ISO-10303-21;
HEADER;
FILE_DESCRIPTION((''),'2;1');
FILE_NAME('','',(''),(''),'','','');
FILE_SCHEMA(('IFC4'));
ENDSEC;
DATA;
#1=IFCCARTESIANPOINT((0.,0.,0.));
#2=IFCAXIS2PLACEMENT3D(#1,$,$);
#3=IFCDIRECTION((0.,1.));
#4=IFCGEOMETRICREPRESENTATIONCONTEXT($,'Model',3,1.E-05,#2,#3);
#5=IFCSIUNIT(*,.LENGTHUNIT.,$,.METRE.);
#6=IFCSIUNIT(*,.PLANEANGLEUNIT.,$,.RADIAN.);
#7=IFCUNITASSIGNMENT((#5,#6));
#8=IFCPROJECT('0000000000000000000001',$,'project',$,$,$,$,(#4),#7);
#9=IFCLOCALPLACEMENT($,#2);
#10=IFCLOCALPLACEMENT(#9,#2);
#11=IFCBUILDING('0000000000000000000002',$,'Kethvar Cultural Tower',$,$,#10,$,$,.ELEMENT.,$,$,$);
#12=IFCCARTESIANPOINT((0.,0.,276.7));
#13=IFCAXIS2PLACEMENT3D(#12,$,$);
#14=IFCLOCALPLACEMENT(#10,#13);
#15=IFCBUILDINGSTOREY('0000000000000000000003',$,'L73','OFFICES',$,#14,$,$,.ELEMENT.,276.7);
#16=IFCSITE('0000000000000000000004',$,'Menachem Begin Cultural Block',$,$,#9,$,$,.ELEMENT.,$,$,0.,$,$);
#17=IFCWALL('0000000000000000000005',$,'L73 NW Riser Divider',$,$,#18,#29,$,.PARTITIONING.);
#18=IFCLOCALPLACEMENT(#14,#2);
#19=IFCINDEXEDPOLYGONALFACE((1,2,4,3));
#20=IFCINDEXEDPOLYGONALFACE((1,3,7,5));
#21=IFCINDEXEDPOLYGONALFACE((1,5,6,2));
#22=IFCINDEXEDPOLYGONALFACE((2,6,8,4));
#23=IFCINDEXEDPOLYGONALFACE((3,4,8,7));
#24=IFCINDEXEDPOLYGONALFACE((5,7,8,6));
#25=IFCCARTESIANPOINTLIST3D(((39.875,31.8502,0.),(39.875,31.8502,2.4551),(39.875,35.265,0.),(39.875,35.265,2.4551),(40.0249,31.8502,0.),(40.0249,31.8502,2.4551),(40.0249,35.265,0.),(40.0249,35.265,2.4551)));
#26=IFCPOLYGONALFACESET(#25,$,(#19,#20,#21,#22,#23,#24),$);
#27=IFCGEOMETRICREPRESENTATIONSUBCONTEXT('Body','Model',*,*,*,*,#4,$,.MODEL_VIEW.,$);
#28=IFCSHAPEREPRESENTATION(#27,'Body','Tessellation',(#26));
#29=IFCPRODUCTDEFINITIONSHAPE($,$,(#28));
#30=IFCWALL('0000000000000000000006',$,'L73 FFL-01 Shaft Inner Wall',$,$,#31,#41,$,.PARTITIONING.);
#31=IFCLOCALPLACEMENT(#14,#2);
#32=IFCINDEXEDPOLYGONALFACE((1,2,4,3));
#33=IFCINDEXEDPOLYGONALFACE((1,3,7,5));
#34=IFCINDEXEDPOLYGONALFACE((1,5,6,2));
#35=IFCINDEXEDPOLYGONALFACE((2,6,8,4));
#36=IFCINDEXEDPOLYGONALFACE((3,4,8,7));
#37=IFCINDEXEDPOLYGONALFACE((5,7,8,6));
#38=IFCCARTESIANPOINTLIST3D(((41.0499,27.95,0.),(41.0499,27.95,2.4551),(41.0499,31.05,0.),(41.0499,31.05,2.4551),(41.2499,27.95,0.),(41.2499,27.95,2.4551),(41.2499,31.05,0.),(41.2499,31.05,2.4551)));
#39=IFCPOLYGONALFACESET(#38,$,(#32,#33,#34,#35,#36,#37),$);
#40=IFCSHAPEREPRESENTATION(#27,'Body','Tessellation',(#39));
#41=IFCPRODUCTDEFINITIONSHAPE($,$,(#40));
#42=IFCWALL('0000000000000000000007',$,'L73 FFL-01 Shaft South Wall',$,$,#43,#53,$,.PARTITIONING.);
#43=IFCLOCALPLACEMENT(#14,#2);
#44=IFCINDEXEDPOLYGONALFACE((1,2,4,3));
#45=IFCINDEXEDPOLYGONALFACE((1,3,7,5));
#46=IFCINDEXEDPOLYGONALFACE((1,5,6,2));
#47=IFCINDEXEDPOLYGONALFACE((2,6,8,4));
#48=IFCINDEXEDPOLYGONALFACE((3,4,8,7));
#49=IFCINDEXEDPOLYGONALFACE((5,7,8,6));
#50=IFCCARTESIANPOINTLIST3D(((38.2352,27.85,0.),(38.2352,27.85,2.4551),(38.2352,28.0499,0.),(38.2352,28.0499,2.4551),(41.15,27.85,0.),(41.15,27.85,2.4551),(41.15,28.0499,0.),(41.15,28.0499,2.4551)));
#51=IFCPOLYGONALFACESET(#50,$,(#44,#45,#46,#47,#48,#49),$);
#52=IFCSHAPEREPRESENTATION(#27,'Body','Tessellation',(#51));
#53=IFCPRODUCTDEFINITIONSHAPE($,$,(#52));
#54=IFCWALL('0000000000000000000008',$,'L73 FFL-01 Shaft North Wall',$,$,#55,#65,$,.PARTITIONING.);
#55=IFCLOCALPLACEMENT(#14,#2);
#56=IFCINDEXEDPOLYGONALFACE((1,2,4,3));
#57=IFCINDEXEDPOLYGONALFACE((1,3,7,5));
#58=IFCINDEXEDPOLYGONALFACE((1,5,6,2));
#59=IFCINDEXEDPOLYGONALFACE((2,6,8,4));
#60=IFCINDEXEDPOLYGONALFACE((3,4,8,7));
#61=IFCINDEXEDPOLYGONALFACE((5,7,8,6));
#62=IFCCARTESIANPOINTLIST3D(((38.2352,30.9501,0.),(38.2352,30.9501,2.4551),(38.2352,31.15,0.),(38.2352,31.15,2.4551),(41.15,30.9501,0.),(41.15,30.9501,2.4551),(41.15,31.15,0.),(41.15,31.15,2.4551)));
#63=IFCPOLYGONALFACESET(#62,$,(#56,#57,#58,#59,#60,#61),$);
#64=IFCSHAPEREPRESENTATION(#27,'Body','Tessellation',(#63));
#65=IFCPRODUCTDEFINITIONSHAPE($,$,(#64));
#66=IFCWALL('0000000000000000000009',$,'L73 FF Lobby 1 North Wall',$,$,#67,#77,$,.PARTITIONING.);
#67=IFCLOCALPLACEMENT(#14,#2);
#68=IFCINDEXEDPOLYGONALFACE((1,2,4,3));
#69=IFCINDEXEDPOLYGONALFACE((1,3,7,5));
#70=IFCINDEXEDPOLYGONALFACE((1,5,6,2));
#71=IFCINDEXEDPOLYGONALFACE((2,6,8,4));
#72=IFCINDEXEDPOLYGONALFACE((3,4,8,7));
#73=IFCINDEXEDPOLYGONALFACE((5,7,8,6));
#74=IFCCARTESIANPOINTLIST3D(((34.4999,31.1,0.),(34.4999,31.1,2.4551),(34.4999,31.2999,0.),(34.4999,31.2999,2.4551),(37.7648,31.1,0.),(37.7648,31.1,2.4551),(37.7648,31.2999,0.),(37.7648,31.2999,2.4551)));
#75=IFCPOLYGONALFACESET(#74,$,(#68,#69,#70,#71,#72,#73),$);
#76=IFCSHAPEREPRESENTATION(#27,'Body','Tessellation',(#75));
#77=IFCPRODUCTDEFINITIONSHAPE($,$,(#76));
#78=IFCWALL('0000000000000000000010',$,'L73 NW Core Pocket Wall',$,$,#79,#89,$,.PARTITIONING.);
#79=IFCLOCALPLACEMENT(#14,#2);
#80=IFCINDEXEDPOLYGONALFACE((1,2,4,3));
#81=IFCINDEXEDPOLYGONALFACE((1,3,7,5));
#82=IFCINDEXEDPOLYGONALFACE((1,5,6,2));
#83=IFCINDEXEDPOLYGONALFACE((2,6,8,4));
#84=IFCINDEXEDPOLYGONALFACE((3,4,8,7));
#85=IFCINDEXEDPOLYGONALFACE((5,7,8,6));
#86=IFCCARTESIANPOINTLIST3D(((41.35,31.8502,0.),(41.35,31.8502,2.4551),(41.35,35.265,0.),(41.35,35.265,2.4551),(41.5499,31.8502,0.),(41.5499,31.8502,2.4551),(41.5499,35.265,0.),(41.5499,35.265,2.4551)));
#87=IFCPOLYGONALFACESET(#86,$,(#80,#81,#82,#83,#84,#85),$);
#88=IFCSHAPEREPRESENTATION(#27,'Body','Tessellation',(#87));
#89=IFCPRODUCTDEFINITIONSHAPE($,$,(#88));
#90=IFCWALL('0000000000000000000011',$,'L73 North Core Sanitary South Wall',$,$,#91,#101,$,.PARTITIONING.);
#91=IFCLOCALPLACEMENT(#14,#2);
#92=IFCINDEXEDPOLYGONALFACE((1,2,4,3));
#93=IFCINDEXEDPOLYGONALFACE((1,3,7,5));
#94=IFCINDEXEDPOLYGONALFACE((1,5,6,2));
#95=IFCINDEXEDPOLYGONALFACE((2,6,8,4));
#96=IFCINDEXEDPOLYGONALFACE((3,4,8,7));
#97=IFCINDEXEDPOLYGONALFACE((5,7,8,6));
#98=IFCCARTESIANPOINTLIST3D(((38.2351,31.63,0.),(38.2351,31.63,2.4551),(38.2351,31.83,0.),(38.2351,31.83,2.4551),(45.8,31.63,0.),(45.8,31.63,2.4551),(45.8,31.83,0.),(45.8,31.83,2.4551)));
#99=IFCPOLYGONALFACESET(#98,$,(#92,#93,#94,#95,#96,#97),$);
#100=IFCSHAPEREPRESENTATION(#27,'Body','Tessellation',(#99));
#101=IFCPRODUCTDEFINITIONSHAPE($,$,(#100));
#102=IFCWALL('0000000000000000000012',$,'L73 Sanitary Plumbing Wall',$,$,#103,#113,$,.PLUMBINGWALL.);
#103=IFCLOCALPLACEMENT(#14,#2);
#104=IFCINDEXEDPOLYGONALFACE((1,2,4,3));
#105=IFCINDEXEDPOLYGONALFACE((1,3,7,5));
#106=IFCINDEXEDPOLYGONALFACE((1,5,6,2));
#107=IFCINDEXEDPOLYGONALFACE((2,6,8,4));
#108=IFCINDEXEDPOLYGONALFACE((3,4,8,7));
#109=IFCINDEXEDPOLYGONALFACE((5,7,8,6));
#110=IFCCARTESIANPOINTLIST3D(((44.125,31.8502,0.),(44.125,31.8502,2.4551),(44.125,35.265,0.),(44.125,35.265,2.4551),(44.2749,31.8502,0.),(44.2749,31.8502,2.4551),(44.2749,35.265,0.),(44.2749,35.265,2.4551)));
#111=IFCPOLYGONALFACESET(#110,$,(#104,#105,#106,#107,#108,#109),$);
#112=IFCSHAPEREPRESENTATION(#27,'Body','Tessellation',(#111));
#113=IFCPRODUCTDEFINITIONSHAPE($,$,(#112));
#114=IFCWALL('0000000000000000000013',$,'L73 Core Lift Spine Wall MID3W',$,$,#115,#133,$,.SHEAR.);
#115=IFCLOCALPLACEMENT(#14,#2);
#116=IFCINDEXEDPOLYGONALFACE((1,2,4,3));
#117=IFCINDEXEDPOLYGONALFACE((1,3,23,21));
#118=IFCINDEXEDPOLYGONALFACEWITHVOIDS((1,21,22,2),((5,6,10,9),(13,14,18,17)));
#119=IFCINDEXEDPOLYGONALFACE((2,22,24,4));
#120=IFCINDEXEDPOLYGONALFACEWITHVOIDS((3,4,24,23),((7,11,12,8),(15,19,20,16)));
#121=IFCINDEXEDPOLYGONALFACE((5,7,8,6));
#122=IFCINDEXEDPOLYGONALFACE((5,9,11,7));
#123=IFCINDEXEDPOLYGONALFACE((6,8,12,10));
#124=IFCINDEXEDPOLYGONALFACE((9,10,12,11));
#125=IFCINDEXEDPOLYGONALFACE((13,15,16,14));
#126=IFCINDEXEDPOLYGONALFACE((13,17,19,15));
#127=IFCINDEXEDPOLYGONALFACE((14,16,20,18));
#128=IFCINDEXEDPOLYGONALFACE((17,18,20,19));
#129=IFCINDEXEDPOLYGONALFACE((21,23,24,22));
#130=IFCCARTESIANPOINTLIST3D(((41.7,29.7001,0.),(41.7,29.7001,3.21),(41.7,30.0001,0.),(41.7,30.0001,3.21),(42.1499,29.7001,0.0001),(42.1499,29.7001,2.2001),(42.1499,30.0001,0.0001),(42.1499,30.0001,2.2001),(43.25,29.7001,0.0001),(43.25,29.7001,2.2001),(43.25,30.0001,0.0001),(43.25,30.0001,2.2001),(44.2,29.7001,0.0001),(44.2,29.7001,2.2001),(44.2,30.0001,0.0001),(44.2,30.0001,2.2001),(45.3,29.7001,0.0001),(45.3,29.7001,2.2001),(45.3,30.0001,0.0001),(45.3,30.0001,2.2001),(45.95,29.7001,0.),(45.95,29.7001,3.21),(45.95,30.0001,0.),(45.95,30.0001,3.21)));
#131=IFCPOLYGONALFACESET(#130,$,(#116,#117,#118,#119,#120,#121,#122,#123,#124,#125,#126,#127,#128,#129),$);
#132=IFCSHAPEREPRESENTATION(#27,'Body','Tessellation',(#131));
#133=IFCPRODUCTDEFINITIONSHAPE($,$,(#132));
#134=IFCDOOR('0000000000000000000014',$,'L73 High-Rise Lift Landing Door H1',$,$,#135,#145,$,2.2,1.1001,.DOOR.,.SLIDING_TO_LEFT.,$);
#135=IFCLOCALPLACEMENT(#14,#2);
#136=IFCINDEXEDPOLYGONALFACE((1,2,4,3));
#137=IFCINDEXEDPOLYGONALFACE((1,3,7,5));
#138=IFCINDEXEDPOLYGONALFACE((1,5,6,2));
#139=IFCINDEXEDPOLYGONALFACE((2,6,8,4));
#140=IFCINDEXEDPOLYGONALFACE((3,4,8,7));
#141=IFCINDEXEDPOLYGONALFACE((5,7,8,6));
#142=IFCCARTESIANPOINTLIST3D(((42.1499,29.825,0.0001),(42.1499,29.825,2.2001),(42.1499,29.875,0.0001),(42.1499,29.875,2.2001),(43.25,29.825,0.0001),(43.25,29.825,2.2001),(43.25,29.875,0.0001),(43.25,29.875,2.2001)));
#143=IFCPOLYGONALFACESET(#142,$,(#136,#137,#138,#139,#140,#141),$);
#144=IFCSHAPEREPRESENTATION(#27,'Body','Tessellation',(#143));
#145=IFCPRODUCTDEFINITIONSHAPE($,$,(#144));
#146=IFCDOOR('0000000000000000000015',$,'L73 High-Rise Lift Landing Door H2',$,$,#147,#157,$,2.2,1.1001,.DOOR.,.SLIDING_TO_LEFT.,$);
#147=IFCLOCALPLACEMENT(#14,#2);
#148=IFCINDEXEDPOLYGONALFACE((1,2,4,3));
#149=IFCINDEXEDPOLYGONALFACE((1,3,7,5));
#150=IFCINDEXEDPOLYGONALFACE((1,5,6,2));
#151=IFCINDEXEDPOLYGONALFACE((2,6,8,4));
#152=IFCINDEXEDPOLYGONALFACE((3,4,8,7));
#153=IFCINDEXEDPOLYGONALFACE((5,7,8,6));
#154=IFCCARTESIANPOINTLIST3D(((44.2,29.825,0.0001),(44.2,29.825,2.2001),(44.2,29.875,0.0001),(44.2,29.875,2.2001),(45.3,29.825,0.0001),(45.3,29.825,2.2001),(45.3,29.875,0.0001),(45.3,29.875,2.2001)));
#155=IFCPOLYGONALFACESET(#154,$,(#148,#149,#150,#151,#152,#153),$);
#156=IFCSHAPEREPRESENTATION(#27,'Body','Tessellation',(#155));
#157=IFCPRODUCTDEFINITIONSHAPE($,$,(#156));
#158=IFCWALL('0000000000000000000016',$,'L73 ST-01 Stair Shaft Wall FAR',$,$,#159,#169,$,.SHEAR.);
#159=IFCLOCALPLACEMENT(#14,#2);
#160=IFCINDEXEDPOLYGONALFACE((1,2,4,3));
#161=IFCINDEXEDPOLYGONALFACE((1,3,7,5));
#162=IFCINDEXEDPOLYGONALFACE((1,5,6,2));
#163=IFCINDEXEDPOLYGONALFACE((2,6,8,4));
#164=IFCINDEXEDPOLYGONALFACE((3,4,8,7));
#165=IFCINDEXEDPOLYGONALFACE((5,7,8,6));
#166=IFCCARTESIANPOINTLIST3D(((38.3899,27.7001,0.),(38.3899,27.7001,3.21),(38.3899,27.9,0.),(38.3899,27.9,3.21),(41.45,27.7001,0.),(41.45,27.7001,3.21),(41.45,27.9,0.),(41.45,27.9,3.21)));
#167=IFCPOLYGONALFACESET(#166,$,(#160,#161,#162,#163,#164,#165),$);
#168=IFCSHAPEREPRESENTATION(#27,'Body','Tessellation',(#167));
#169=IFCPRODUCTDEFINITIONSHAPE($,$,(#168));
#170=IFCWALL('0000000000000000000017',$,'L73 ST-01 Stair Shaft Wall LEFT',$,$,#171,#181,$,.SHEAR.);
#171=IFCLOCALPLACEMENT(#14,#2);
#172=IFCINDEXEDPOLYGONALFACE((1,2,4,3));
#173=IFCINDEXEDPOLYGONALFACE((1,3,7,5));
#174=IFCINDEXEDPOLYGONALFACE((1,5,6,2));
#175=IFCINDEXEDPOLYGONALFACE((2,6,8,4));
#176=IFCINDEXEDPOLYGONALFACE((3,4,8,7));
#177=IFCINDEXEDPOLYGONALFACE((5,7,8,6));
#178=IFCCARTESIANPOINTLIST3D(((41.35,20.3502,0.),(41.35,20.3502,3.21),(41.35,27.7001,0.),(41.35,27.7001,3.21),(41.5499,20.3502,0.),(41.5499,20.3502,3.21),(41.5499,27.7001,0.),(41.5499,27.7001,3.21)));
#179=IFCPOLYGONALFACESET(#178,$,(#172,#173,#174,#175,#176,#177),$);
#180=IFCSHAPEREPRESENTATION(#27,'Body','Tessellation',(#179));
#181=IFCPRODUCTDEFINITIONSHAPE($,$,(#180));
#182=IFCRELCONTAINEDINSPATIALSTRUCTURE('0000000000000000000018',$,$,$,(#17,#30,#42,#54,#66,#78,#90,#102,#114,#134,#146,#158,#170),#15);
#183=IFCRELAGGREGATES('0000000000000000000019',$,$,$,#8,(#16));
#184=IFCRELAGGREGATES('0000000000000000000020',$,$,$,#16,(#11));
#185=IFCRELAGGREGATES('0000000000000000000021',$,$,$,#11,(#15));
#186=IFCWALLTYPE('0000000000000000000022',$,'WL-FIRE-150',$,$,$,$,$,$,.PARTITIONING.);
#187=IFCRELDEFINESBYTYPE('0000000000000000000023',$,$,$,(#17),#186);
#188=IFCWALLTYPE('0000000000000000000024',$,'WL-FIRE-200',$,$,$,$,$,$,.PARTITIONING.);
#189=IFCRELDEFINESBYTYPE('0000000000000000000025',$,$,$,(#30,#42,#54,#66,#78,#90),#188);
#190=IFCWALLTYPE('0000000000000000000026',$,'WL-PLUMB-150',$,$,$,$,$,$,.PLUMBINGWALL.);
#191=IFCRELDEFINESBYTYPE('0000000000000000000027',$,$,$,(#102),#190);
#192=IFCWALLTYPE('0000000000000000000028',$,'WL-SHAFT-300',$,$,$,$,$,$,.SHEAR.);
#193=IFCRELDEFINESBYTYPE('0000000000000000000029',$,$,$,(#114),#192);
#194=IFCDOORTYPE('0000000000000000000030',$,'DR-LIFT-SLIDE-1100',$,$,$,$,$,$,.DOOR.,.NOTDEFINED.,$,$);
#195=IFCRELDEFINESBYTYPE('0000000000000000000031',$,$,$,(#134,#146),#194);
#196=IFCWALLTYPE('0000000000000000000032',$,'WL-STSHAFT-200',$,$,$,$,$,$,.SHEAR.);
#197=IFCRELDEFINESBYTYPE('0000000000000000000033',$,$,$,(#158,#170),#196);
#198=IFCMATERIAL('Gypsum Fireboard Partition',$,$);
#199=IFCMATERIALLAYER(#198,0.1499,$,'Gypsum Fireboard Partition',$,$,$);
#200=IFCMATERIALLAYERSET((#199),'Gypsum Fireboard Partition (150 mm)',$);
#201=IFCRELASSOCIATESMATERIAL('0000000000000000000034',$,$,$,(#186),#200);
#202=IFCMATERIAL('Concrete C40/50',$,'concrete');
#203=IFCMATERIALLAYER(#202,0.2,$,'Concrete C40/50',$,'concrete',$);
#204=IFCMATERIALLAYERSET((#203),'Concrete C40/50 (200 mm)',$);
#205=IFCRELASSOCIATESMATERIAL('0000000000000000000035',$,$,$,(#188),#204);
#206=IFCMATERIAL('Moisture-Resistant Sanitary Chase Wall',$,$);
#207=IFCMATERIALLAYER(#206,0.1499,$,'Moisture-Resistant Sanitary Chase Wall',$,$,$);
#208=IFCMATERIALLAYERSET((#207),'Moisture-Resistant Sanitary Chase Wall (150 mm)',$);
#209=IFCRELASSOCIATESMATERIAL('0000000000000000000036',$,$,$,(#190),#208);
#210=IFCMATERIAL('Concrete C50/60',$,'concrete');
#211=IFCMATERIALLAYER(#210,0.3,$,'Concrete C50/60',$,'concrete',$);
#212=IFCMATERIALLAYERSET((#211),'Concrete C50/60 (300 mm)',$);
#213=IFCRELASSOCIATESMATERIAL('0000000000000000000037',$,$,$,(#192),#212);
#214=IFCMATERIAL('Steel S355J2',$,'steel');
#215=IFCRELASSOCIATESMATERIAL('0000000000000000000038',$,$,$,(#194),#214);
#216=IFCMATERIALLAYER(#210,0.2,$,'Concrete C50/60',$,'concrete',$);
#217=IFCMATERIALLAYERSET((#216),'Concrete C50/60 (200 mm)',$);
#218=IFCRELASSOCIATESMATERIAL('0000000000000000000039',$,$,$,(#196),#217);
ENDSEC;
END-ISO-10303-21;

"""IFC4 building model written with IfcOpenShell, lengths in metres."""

from ifc_helpers import new_model, si_unit, direction, frame, frame_2d, origin, place, context, subcontext, project, spatial, rectangle, extrude, source, transform, mapped, material, layer, layer_set, type_object, element, fill, save


model = new_model("IFC4")

# Units and contexts
model_context = context("Model", 3, precision=1e-05, world=origin(), true_north=direction((0.0, 1.0)))
body_context = subcontext(model_context, "Body", "Model", "MODEL_VIEW")
ifc_project = project(units=[si_unit("LENGTHUNIT", "METRE"), si_unit("PLANEANGLEUNIT", "RADIAN")], contexts=[model_context])

# Site, building, storey
site_placement = place(None, origin())
site = spatial("IfcSite", under=ifc_project, at=site_placement, Name="Menachem Begin Cultural Block", CompositionType="ELEMENT", RefElevation=0.0)
building_placement = place(site_placement, origin())
building = spatial("IfcBuilding", under=site, at=building_placement, Name="Kethvar Cultural Tower", CompositionType="ELEMENT")
storey_placement = place(building_placement, frame((0.0, 0.0, 276.7)))
storey = spatial("IfcBuildingStorey", under=building, at=storey_placement, Name="L73", Description="OFFICES", CompositionType="ELEMENT", Elevation=276.7)

# Shared definitions
ifc_material_1 = material(Name="Steel S355J2", Category="steel")

# Shared definitions
ifc_material_2 = material(Name="Gypsum Fireboard Partition")
ifc_layer_1 = layer(ifc_material_2, 0.1499, Name="Gypsum Fireboard Partition")
ifc_layer_set_1 = layer_set([ifc_layer_1], Name="Gypsum Fireboard Partition (150 mm)")
wall_type_1 = type_object("IfcWallType", Name="WL-FIRE-150", PredefinedType="PARTITIONING", material=ifc_layer_set_1)

# Walls
wall_1_placement = place(storey_placement, frame((39.95, 31.8501, 0.0), z_axis=(0.0, 0.0, 1.0), x_axis=(0.0, 1.0, 0.0)))
element("IfcWall", 1, at=wall_1_placement, inside=storey, type_object=wall_type_1, Name="L73 NW Riser Divider", PredefinedType="PARTITIONING", context=body_context, shape_type="SweptSolid", body=[
    extrude(rectangle(XDim=3.4148, YDim=0.1499, at=frame_2d((1.7075, 0.0))), origin(), (0.0, 0.0, 1.0), 2.4551),
])
ifc_material_3 = material(Name="Concrete C40/50", Category="concrete")
ifc_layer_2 = layer(ifc_material_3, 0.2, Name="Concrete C40/50", Category="concrete")
ifc_layer_set_2 = layer_set([ifc_layer_2], Name="Concrete C40/50 (200 mm)")
wall_type_2 = type_object("IfcWallType", Name="WL-FIRE-200", PredefinedType="PARTITIONING", material=ifc_layer_set_2)
wall_2_placement = place(storey_placement, frame((41.1499, 27.95, 0.0), z_axis=(0.0, 0.0, 1.0), x_axis=(0.0, 1.0, 0.0)))
element("IfcWall", 2, at=wall_2_placement, inside=storey, type_object=wall_type_2, Name="L73 FFL-01 Shaft Inner Wall", PredefinedType="PARTITIONING", context=body_context, shape_type="SweptSolid", body=[
    extrude(rectangle(XDim=3.1001, YDim=0.2, at=frame_2d((1.55, 0.0))), origin(), (0.0, 0.0, 1.0), 2.4551),
])
for number, where, z_axis, x_axis, name in (
    (3, (38.2351, 27.95, 0.0), (0.0, 0.0, 1.0), (1.0, 0.0, 0.0), "L73 FFL-01 Shaft South Wall"),
    (4, (38.2351, 31.05, 0.0), (0.0, 0.0, 1.0), (1.0, 0.0, 0.0), "L73 FFL-01 Shaft North Wall"),
):
    element("IfcWall", number, at=place(storey_placement, frame(where, z_axis=z_axis, x_axis=x_axis)), inside=storey, type_object=wall_type_2, Name=name, PredefinedType="PARTITIONING", context=body_context, shape_type="SweptSolid", body=[
        extrude(rectangle(XDim=2.9148, YDim=0.2, at=frame_2d((1.4575, 0.0))), origin(), (0.0, 0.0, 1.0), 2.4551),
    ])

# Walls
wall_3_placement = place(storey_placement, frame((34.5, 31.2, 0.0), z_axis=(0.0, 0.0, 1.0), x_axis=(1.0, 0.0, 0.0)))
element("IfcWall", 5, at=wall_3_placement, inside=storey, type_object=wall_type_2, Name="L73 FF Lobby 1 North Wall", PredefinedType="PARTITIONING", context=body_context, shape_type="SweptSolid", body=[
    extrude(rectangle(XDim=3.2649, YDim=0.2, at=frame_2d((1.6323, 0.0))), origin(), (0.0, 0.0, 1.0), 2.4551),
])
wall_4_placement = place(storey_placement, frame((41.45, 31.8501, 0.0), z_axis=(0.0, 0.0, 1.0), x_axis=(0.0, 1.0, 0.0)))
element("IfcWall", 6, at=wall_4_placement, inside=storey, type_object=wall_type_2, Name="L73 NW Core Pocket Wall", PredefinedType="PARTITIONING", context=body_context, shape_type="SweptSolid", body=[
    extrude(rectangle(XDim=3.4148, YDim=0.2, at=frame_2d((1.7075, 0.0))), origin(), (0.0, 0.0, 1.0), 2.4551),
])
wall_5_placement = place(storey_placement, frame((38.2351, 31.73, 0.0), z_axis=(0.0, 0.0, 1.0), x_axis=(1.0, 0.0, 0.0)))
element("IfcWall", 7, at=wall_5_placement, inside=storey, type_object=wall_type_2, Name="L73 North Core Sanitary South Wall", PredefinedType="PARTITIONING", context=body_context, shape_type="SweptSolid", body=[
    extrude(rectangle(XDim=7.5649, YDim=0.2, at=frame_2d((3.7825, 0.0))), origin(), (0.0, 0.0, 1.0), 2.4551),
])
ifc_material_4 = material(Name="Moisture-Resistant Sanitary Chase Wall")
ifc_layer_3 = layer(ifc_material_4, 0.1499, Name="Moisture-Resistant Sanitary Chase Wall")
ifc_layer_set_3 = layer_set([ifc_layer_3], Name="Moisture-Resistant Sanitary Chase Wall (150 mm)")
wall_type_3 = type_object("IfcWallType", Name="WL-PLUMB-150", PredefinedType="PLUMBINGWALL", material=ifc_layer_set_3)
wall_6_placement = place(storey_placement, frame((44.2, 31.8501, 0.0), z_axis=(0.0, 0.0, 1.0), x_axis=(0.0, 1.0, 0.0)))
element("IfcWall", 8, at=wall_6_placement, inside=storey, type_object=wall_type_3, Name="L73 Sanitary Plumbing Wall", PredefinedType="PLUMBINGWALL", context=body_context, shape_type="SweptSolid", body=[
    extrude(rectangle(XDim=3.4148, YDim=0.1499, at=frame_2d((1.7075, 0.0))), origin(), (0.0, 0.0, 1.0), 2.4551),
])

# Shared definitions
ifc_material_5 = material(Name="Concrete C50/60", Category="concrete")
ifc_layer_4 = layer(ifc_material_5, 0.3, Name="Concrete C50/60", Category="concrete")
ifc_layer_set_4 = layer_set([ifc_layer_4], Name="Concrete C50/60 (300 mm)")
wall_type_4 = type_object("IfcWallType", Name="WL-SHAFT-300", PredefinedType="SHEAR", material=ifc_layer_set_4)

# Wall, openings, doors
wall_7_placement = place(storey_placement, frame((41.7, 29.8501, 0.0), z_axis=(0.0, 0.0, 1.0), x_axis=(1.0, 0.0, 0.0)))
wall_7 = element("IfcWall", 9, at=wall_7_placement, inside=storey, type_object=wall_type_4, Name="L73 Core Lift Spine Wall MID3W", PredefinedType="SHEAR", context=body_context, shape_type="SweptSolid", body=[
    extrude(rectangle(XDim=4.25, YDim=0.3, at=frame_2d((2.125, 0.0))), origin(), (0.0, 0.0, 1.0), 3.21),
])
opening_1_placement = place(wall_7_placement, frame((0.45, 0.0, 0.0)))
opening_1 = element("IfcOpeningElement", 10, at=opening_1_placement, cuts=wall_7, PredefinedType="OPENING", context=body_context, shape_type="SweptSolid", body=[
    extrude(rectangle(XDim=1.1001, YDim=2.2, at=frame_2d((0.55, 1.1001))), frame((0.0, 0.1599, 0.0), z_axis=(0.0, -1.0, 0.0), x_axis=(1.0, 0.0, 0.0)), (0.0, 0.0, 1.0), 0.3201),
])
opening_2_placement = place(wall_7_placement, frame((2.5, 0.0, 0.0)))
opening_2 = element("IfcOpeningElement", 11, at=opening_2_placement, cuts=wall_7, PredefinedType="OPENING", context=body_context, shape_type="SweptSolid", body=[
    extrude(rectangle(XDim=1.1001, YDim=2.2, at=frame_2d((0.55, 1.1001))), frame((0.0, 0.1599, 0.0), z_axis=(0.0, -1.0, 0.0), x_axis=(1.0, 0.0, 0.0)), (0.0, 0.0, 1.0), 0.3201),
])
door_type_1 = type_object("IfcDoorType", Name="DR-LIFT-SLIDE-1100", OperationType="NOTDEFINED", PredefinedType="DOOR", material=ifc_material_1)
shared_shape_1 = source(origin(), body_context, "Body", "SweptSolid", [
    extrude(rectangle(XDim=1.1001, YDim=2.2, at=frame_2d((0.55, 1.1001))), frame((0.0, 0.0249, 0.0), z_axis=(0.0, -1.0, 0.0), x_axis=(1.0, 0.0, 0.0)), (0.0, 0.0, 1.0), 0.05),
])
door_1_placement = place(opening_1_placement, origin())
door_1 = element("IfcDoor", 12, at=door_1_placement, inside=storey, type_object=door_type_1, Name="L73 High-Rise Lift Landing Door H1", OperationType="SLIDING_TO_LEFT", OverallHeight=2.2, OverallWidth=1.1001, PredefinedType="DOOR", context=body_context, shape_type="MappedRepresentation", body=[
    mapped(shared_shape_1, transform((0.0, 0.0, 0.0), scale=1.0)),
])
fill(opening_1, door_1)
door_2_placement = place(opening_2_placement, origin())
door_2 = element("IfcDoor", 13, at=door_2_placement, inside=storey, type_object=door_type_1, Name="L73 High-Rise Lift Landing Door H2", OperationType="SLIDING_TO_LEFT", OverallHeight=2.2, OverallWidth=1.1001, PredefinedType="DOOR", context=body_context, shape_type="MappedRepresentation", body=[
    mapped(shared_shape_1, transform((0.0, 0.0, 0.0), scale=1.0)),
])
fill(opening_2, door_2)

# Walls
ifc_layer_5 = layer(ifc_material_5, 0.2, Name="Concrete C50/60", Category="concrete")
ifc_layer_set_5 = layer_set([ifc_layer_5], Name="Concrete C50/60 (200 mm)")
wall_type_5 = type_object("IfcWallType", Name="WL-STSHAFT-200", PredefinedType="SHEAR", material=ifc_layer_set_5)
wall_8_placement = place(storey_placement, frame((38.3899, 27.8, 0.0), z_axis=(0.0, 0.0, 1.0), x_axis=(1.0, 0.0, 0.0)))
element("IfcWall", 14, at=wall_8_placement, inside=storey, type_object=wall_type_5, Name="L73 ST-01 Stair Shaft Wall FAR", PredefinedType="SHEAR", context=body_context, shape_type="SweptSolid", body=[
    extrude(rectangle(XDim=3.0601, YDim=0.2, at=frame_2d((1.53, 0.0))), origin(), (0.0, 0.0, 1.0), 3.21),
])
wall_9_placement = place(storey_placement, frame((41.45, 27.7, 0.0), z_axis=(0.0, 0.0, 1.0), x_axis=(0.0, -1.0, 0.0)))
element("IfcWall", 15, at=wall_9_placement, inside=storey, type_object=wall_type_5, Name="L73 ST-01 Stair Shaft Wall LEFT", PredefinedType="SHEAR", context=body_context, shape_type="SweptSolid", body=[
    extrude(rectangle(XDim=7.3499, YDim=0.2, at=frame_2d((3.6748, 0.0))), origin(), (0.0, 0.0, 1.0), 3.21),
])

save(model, "model.ifc")
